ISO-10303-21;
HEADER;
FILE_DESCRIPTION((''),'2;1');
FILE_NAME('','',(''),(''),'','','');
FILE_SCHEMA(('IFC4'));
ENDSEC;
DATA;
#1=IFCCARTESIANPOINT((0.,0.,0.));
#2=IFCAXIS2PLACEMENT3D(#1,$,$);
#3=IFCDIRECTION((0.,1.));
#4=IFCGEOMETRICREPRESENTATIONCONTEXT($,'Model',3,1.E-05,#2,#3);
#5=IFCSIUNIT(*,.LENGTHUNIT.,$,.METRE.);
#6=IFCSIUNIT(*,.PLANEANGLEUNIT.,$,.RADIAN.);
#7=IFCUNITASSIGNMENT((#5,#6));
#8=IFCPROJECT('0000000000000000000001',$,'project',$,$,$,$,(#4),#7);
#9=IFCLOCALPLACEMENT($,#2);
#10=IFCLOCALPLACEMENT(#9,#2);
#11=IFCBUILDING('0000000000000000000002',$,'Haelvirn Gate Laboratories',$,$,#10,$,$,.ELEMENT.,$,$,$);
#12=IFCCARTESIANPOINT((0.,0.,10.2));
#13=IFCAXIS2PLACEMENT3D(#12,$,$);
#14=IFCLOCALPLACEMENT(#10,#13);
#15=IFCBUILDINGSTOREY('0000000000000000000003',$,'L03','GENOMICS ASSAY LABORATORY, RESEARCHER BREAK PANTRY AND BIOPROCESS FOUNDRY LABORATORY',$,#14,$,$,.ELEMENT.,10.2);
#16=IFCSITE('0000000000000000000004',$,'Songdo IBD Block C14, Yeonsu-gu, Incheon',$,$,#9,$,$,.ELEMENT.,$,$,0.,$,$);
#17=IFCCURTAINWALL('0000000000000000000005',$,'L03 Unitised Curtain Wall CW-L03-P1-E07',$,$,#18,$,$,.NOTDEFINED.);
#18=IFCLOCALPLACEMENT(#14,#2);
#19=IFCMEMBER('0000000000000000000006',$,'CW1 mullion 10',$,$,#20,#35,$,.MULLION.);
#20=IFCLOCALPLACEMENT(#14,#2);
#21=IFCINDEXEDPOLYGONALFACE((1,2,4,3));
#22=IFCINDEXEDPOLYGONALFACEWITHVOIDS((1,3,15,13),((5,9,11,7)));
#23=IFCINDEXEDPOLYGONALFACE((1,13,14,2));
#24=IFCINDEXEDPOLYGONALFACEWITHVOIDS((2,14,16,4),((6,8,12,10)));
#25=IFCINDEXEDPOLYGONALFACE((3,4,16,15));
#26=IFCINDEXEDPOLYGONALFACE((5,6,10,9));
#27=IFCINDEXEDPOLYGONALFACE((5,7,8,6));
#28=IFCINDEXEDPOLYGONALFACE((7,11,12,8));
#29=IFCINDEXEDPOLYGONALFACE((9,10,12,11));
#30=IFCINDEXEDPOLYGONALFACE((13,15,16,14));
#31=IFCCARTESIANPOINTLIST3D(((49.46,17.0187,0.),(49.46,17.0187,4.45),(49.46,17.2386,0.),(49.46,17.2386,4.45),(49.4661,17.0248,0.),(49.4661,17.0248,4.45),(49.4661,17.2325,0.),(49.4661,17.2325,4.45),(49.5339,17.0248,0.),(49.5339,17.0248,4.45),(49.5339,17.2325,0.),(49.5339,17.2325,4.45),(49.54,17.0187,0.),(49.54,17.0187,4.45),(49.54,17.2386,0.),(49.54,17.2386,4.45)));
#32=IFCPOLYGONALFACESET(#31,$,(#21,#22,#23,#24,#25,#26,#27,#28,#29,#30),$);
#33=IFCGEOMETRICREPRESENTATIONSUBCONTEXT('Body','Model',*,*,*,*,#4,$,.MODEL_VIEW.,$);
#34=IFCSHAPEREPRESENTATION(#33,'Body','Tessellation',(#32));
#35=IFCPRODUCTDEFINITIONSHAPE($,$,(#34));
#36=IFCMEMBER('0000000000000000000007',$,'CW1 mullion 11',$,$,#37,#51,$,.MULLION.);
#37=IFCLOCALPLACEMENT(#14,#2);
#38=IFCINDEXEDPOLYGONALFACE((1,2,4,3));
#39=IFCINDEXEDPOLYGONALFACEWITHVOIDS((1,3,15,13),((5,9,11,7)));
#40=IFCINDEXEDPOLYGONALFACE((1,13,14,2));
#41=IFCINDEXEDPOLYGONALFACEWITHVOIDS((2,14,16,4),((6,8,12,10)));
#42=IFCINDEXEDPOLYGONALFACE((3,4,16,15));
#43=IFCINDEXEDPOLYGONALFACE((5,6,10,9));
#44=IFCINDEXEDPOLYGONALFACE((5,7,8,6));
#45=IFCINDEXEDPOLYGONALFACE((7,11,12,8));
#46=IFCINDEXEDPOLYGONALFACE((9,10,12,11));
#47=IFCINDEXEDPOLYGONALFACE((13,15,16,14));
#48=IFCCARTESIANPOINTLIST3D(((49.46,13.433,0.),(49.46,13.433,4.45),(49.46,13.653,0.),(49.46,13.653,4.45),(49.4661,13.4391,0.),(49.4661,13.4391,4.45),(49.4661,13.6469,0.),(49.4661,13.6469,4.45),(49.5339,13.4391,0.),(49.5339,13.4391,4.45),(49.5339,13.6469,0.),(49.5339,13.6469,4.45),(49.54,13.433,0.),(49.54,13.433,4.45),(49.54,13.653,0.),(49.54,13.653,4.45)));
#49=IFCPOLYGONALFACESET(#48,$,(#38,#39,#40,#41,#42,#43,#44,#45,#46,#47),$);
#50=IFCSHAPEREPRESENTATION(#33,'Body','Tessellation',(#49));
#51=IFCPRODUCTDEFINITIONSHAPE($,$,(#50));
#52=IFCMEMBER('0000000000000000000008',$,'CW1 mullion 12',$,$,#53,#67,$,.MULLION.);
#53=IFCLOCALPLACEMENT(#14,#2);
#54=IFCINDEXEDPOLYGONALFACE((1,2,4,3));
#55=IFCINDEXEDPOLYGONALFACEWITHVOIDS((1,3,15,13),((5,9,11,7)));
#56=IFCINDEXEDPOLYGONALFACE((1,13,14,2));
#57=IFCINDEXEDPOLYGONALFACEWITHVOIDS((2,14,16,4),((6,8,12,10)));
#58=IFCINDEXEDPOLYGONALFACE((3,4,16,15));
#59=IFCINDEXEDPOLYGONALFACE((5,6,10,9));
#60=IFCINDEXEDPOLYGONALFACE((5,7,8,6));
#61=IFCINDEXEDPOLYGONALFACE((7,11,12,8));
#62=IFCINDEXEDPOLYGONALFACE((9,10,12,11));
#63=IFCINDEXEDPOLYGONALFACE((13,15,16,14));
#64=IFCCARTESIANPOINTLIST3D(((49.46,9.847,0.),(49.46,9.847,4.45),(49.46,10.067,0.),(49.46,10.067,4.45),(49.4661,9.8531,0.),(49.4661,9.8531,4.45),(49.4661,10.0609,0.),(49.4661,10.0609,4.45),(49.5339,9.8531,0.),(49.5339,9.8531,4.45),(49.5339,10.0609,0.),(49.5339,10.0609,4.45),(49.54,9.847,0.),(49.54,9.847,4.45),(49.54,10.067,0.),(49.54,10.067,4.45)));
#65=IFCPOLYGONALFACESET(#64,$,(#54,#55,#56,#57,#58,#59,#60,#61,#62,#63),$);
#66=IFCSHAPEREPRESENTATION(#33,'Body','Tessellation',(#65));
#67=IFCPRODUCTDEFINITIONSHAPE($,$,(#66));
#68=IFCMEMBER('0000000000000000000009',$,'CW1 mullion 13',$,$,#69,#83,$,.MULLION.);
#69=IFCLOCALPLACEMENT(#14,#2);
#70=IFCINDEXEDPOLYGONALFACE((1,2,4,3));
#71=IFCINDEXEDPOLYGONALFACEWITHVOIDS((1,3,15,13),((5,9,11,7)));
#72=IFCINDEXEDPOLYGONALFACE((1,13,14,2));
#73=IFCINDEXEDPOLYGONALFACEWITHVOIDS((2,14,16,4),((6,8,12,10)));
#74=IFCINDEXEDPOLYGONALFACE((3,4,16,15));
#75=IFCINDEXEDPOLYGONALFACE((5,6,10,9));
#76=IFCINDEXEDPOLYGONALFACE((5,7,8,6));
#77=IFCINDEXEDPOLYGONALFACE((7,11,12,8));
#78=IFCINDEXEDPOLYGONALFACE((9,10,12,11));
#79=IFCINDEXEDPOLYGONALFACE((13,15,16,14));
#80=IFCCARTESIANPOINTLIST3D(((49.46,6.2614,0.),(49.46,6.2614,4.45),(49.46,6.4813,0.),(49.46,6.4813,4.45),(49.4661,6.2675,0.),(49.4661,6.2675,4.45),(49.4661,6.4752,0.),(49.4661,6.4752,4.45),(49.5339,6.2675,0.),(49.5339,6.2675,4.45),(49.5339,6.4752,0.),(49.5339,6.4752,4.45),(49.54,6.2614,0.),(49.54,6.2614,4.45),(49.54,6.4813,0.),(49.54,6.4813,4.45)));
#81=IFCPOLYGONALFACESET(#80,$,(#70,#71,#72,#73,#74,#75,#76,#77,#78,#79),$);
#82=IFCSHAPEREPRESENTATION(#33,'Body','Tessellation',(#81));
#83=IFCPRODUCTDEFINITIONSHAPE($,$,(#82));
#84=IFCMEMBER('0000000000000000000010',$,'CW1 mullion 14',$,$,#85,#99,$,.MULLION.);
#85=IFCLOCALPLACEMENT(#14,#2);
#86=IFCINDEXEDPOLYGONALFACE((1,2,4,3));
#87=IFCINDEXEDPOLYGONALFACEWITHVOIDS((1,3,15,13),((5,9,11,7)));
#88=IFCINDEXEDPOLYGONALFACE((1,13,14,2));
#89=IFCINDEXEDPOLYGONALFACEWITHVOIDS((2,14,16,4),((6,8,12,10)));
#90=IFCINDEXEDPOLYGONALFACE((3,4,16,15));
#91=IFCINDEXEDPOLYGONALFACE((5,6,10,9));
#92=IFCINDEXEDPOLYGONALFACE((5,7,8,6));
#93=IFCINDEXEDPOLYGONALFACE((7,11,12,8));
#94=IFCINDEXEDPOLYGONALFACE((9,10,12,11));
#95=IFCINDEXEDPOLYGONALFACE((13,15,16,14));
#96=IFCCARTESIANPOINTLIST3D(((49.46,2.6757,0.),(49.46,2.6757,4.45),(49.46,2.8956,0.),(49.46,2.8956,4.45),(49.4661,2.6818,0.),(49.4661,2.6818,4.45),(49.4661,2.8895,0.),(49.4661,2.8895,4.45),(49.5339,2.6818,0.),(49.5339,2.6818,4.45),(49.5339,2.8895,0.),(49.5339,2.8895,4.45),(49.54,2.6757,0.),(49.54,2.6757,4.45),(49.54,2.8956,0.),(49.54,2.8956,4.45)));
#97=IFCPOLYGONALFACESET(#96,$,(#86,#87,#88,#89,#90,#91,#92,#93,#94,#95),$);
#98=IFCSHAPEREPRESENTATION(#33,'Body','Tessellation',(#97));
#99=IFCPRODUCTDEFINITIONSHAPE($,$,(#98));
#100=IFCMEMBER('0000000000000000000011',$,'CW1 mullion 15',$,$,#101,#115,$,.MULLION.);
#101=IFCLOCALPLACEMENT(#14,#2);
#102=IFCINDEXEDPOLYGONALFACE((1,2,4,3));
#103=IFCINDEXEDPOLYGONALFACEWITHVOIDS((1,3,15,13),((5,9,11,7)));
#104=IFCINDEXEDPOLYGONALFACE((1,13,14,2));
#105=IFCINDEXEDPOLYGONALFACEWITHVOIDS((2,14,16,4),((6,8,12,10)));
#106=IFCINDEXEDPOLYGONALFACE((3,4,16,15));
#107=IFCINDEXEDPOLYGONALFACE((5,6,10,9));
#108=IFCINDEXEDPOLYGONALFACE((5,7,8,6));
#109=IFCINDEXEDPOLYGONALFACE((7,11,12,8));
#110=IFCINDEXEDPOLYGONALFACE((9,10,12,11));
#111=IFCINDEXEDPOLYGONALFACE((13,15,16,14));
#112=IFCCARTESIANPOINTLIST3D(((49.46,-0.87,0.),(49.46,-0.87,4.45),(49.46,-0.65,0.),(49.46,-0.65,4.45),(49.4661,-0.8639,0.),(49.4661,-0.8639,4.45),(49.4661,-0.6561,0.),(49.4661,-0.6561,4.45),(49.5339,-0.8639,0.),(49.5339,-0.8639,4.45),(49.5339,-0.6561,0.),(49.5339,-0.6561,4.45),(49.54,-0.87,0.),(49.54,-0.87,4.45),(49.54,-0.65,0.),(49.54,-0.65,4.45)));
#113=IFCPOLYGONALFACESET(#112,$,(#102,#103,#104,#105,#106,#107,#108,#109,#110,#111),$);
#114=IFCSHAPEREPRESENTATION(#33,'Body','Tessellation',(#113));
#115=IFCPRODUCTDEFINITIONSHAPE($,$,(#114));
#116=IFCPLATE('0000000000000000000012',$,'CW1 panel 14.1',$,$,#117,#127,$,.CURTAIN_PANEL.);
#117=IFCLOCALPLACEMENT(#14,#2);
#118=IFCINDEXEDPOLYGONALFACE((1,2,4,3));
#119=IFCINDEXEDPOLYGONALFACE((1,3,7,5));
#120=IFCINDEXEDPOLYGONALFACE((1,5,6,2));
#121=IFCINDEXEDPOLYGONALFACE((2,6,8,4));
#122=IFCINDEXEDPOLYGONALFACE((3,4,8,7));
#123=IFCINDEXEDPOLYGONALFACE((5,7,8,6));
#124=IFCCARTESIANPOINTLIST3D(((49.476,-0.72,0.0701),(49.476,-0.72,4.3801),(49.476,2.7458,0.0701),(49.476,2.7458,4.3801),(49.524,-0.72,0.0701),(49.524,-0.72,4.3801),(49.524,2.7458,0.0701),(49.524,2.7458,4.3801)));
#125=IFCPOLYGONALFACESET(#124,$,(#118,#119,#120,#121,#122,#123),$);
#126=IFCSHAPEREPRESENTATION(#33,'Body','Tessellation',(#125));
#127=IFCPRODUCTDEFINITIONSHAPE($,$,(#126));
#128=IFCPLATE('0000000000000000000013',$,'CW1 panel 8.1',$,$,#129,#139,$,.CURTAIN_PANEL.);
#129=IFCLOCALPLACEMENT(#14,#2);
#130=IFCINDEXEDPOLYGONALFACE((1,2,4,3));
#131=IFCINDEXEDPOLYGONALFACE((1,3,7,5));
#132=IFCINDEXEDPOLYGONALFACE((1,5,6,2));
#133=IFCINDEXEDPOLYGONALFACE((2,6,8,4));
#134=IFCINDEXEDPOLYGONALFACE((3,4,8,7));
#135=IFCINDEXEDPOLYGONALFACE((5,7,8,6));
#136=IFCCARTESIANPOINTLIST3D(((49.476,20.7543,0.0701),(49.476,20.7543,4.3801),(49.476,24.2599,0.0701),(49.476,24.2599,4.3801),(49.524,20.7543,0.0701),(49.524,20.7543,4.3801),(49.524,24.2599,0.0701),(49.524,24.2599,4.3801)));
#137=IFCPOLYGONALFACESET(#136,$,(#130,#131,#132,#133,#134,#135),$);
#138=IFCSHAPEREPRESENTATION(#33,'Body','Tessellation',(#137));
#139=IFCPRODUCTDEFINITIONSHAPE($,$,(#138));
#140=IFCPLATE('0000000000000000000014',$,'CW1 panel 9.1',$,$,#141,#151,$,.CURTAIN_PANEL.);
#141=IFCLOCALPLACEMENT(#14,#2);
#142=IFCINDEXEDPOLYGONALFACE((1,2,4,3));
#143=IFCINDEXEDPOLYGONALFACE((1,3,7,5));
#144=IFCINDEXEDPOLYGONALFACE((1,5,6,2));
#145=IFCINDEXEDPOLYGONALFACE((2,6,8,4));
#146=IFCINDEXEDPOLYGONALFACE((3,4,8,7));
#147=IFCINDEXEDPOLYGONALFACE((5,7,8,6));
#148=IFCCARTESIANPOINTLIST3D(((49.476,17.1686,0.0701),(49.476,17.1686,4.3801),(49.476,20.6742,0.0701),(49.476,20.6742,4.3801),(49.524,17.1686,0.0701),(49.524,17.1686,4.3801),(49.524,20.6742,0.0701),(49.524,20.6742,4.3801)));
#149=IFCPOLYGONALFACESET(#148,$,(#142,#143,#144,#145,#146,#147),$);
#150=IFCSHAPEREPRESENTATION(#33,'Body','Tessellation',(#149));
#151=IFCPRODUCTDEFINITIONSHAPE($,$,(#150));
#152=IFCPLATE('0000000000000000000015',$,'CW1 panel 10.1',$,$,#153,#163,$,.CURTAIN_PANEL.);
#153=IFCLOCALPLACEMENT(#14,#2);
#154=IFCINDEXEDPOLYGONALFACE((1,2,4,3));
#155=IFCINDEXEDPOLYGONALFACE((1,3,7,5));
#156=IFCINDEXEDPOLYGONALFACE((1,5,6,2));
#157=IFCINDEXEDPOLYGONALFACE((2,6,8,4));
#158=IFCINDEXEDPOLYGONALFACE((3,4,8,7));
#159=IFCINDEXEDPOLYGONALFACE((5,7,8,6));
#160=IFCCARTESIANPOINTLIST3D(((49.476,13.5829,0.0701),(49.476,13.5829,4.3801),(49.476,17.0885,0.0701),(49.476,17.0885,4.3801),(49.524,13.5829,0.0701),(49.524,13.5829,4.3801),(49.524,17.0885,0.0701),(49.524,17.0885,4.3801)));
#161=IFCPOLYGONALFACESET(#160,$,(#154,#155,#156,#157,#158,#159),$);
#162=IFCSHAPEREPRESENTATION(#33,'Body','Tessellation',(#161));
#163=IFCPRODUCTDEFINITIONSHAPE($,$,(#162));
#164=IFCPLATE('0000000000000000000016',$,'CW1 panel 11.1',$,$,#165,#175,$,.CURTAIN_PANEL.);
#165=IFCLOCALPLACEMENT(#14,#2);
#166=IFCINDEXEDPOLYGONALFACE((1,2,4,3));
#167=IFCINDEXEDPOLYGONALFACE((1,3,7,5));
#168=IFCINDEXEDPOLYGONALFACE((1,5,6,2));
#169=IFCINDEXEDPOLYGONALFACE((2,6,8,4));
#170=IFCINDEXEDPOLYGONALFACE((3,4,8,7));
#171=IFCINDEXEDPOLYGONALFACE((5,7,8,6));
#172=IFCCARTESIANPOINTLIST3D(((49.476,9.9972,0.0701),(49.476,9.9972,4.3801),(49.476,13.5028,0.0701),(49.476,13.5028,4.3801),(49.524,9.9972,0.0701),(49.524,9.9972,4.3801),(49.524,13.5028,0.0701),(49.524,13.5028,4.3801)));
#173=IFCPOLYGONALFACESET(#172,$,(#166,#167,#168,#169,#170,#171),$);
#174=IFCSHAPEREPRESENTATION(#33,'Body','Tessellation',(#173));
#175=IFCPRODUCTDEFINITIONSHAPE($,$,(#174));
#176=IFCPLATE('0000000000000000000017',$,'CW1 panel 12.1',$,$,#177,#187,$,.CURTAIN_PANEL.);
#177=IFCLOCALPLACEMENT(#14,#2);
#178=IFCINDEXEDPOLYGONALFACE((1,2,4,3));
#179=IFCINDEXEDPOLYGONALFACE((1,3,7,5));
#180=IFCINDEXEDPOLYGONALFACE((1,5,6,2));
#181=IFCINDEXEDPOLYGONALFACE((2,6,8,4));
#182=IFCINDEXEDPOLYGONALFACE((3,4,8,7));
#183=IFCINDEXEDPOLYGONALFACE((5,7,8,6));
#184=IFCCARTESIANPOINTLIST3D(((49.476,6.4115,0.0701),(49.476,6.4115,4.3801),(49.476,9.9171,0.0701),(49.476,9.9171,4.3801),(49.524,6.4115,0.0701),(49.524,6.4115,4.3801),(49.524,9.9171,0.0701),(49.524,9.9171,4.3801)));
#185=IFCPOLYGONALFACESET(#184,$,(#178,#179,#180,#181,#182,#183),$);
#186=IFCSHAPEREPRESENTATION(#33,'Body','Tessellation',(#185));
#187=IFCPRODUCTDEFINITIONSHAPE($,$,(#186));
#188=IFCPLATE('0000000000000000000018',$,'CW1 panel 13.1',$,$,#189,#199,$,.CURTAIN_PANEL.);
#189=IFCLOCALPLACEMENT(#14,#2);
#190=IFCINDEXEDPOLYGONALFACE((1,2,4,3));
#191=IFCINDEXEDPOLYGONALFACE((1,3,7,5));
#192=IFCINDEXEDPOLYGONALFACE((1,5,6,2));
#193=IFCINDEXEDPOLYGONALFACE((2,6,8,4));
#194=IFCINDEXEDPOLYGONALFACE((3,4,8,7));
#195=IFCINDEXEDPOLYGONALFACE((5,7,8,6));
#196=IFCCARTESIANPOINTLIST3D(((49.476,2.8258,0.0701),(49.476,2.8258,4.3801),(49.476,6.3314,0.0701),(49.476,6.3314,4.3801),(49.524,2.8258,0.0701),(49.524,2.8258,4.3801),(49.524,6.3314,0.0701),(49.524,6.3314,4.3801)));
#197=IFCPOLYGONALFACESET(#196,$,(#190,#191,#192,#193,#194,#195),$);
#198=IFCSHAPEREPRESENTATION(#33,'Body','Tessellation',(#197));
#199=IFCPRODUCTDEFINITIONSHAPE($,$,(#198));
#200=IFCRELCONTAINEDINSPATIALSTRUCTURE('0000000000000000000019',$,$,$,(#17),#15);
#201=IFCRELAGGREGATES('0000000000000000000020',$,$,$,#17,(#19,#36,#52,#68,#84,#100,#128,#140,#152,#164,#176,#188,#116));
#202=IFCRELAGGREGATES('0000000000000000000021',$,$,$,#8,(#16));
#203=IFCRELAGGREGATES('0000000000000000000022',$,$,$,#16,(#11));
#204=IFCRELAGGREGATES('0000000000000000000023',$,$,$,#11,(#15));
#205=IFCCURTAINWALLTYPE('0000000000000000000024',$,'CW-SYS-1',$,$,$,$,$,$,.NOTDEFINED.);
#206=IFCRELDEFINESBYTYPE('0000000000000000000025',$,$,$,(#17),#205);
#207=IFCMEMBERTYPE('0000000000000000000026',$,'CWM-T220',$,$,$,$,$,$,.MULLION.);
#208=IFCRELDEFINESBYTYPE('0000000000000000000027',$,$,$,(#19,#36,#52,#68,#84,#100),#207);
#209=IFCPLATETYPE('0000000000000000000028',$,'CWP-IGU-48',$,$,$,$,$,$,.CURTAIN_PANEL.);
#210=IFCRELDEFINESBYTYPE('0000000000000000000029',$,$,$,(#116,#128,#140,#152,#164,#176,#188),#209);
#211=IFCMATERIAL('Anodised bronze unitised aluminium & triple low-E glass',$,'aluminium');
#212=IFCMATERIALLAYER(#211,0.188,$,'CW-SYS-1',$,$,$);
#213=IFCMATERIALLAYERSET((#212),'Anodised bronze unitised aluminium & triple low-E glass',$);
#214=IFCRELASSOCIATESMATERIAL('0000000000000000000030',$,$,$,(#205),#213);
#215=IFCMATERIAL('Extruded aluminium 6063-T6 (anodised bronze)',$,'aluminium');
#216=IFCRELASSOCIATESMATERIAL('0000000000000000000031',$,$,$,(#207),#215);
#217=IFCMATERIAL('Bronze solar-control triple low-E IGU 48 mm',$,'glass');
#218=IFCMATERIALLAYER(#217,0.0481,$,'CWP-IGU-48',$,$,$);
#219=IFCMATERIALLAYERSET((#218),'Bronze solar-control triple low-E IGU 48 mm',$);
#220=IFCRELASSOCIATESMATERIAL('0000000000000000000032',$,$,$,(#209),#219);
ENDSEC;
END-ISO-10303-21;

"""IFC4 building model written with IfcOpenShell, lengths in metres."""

from ifc_helpers import new_model, si_unit, direction, frame, origin, origin_2d, place, context, subcontext, project, spatial, rectangle, hollow_rectangle, extrude, source, transform, mapped, material, layer, layer_set, material_profile, profile_set, type_object, type_shapes, element, aggregate, save


model = new_model("IFC4")

# Units and contexts
model_context = context("Model", 3, precision=1e-05, world=origin(), true_north=direction((0.0, 1.0)))
body_context = subcontext(model_context, "Body", "Model", "MODEL_VIEW")
ifc_project = project(units=[si_unit("LENGTHUNIT", "METRE"), si_unit("PLANEANGLEUNIT", "RADIAN")], contexts=[model_context])

# Site, building, storey
site_placement = place(None, origin())
site = spatial("IfcSite", under=ifc_project, at=site_placement, Name="Songdo IBD Block C14, Yeonsu-gu, Incheon", CompositionType="ELEMENT", RefElevation=0.0)
building_placement = place(site_placement, origin())
building = spatial("IfcBuilding", under=site, at=building_placement, Name="Haelvirn Gate Laboratories", CompositionType="ELEMENT")
storey_placement = place(building_placement, frame((0.0, 0.0, 10.2)))
storey = spatial("IfcBuildingStorey", under=building, at=storey_placement, Name="L03", Description="GENOMICS ASSAY LABORATORY, RESEARCHER BREAK PANTRY AND BIOPROCESS FOUNDRY LABORATORY", CompositionType="ELEMENT", Elevation=10.2)

# Curtain wall
ifc_material_1 = material(Name="Anodised bronze unitised aluminium & triple low-E glass", Category="aluminium")
ifc_layer_1 = layer(ifc_material_1, 0.188, Name="CW-SYS-1")
ifc_layer_set_1 = layer_set([ifc_layer_1], Name="Anodised bronze unitised aluminium & triple low-E glass")
curtain_wall_type = type_object("IfcCurtainWallType", Name="CW-SYS-1", PredefinedType="NOTDEFINED", material=ifc_layer_set_1)
curtain_wall_1_placement = place(storey_placement, origin())
curtain_wall_1 = element("IfcCurtainWall", 1, at=curtain_wall_1_placement, inside=storey, type_object=curtain_wall_type, Name="L03 Unitised Curtain Wall CW-L03-P1-E07", PredefinedType="NOTDEFINED")
ifc_material_2 = material(Name="Extruded aluminium 6063-T6 (anodised bronze)", Category="aluminium")

# Shared definitions
ifc_material_profile_1 = material_profile(ifc_material_2, hollow_rectangle(XDim=0.0801, YDim=0.22, WallThickness=0.0061, at=origin_2d()), Name="CWM-220x80x6")
ifc_profile_set_1 = profile_set([ifc_material_profile_1], Name="Extruded aluminium 6063-T6 (anodised bronze)")
member_type_1 = type_object("IfcMemberType", Name="CWM-T220", PredefinedType="MULLION", material=ifc_profile_set_1)
shared_shape_1 = source(origin(), body_context, "Body", "SweptSolid", [
    extrude(hollow_rectangle(XDim=0.0801, YDim=0.22, WallThickness=0.0061, at=origin_2d()), origin(), (0.0, 0.0, 1.0), 4.45),
])
type_shapes(member_type_1, [shared_shape_1])

# Members
member_1_placement = place(storey_placement, frame((49.5, 17.1287, 0.0), z_axis=(0.0, 0.0, 1.0), x_axis=(1.0, 0.0, 0.0)))
member_1 = element("IfcMember", 2, at=member_1_placement, type_object=member_type_1, Name="CW1 mullion 10", PredefinedType="MULLION", context=body_context, shape_type="MappedRepresentation", body=[
    mapped(shared_shape_1, transform((0.0, 0.0, 0.0), scale=1.0)),
])
member_2_placement = place(storey_placement, frame((49.5, 13.543, 0.0), z_axis=(0.0, 0.0, 1.0), x_axis=(1.0, 0.0, 0.0)))
member_2 = element("IfcMember", 3, at=member_2_placement, type_object=member_type_1, Name="CW1 mullion 11", PredefinedType="MULLION", context=body_context, shape_type="MappedRepresentation", body=[
    mapped(shared_shape_1, transform((0.0, 0.0, 0.0), scale=1.0)),
])
member_3_placement = place(storey_placement, frame((49.5, 9.957, 0.0), z_axis=(0.0, 0.0, 1.0), x_axis=(1.0, 0.0, 0.0)))
member_3 = element("IfcMember", 4, at=member_3_placement, type_object=member_type_1, Name="CW1 mullion 12", PredefinedType="MULLION", context=body_context, shape_type="MappedRepresentation", body=[
    mapped(shared_shape_1, transform((0.0, 0.0, 0.0), scale=1.0)),
])
member_4_placement = place(storey_placement, frame((49.5, 6.3713, 0.0), z_axis=(0.0, 0.0, 1.0), x_axis=(1.0, 0.0, 0.0)))
member_4 = element("IfcMember", 5, at=member_4_placement, type_object=member_type_1, Name="CW1 mullion 13", PredefinedType="MULLION", context=body_context, shape_type="MappedRepresentation", body=[
    mapped(shared_shape_1, transform((0.0, 0.0, 0.0), scale=1.0)),
])
member_5_placement = place(storey_placement, frame((49.5, 2.7856, 0.0), z_axis=(0.0, 0.0, 1.0), x_axis=(1.0, 0.0, 0.0)))
member_5 = element("IfcMember", 6, at=member_5_placement, type_object=member_type_1, Name="CW1 mullion 14", PredefinedType="MULLION", context=body_context, shape_type="MappedRepresentation", body=[
    mapped(shared_shape_1, transform((0.0, 0.0, 0.0), scale=1.0)),
])
member_6_placement = place(storey_placement, frame((49.5, -0.76, 0.0), z_axis=(0.0, 0.0, 1.0), x_axis=(1.0, 0.0, 0.0)))
member_6 = element("IfcMember", 7, at=member_6_placement, type_object=member_type_1, Name="CW1 mullion 15", PredefinedType="MULLION", context=body_context, shape_type="MappedRepresentation", body=[
    mapped(shared_shape_1, transform((0.0, 0.0, 0.0), scale=1.0)),
])

# Plates
ifc_material_3 = material(Name="Bronze solar-control triple low-E IGU 48 mm", Category="glass")
ifc_layer_2 = layer(ifc_material_3, 0.0481, Name="CWP-IGU-48")
ifc_layer_set_2 = layer_set([ifc_layer_2], Name="Bronze solar-control triple low-E IGU 48 mm")
plate_type = type_object("IfcPlateType", Name="CWP-IGU-48", PredefinedType="CURTAIN_PANEL", material=ifc_layer_set_2)
shared_shape_2 = source(origin(), body_context, "Body", "SweptSolid", [
    extrude(rectangle(XDim=3.4658, YDim=0.0481, at=origin_2d()), origin(), (0.0, 0.0, 1.0), 4.3101),
])
plate_1_placement = place(storey_placement, frame((49.5, 1.0129, 0.0701), z_axis=(0.0, 0.0, 1.0), x_axis=(0.0, -1.0, 0.0)))
plate_1 = element("IfcPlate", 8, at=plate_1_placement, type_object=plate_type, Name="CW1 panel 14.1", PredefinedType="CURTAIN_PANEL", context=body_context, shape_type="MappedRepresentation", body=[
    mapped(shared_shape_2, transform((0.0, 0.0, 0.0), scale=1.0)),
])
shared_shape_3 = source(origin(), body_context, "Body", "SweptSolid", [
    extrude(rectangle(XDim=3.5056, YDim=0.0481, at=origin_2d()), origin(), (0.0, 0.0, 1.0), 4.3101),
])
plate_2_placement = place(storey_placement, frame((49.5, 22.5071, 0.0701), z_axis=(0.0, 0.0, 1.0), x_axis=(0.0, -1.0, 0.0)))
plate_2 = element("IfcPlate", 9, at=plate_2_placement, type_object=plate_type, Name="CW1 panel 8.1", PredefinedType="CURTAIN_PANEL", context=body_context, shape_type="MappedRepresentation", body=[
    mapped(shared_shape_3, transform((0.0, 0.0, 0.0), scale=1.0)),
])
plate_3_placement = place(storey_placement, frame((49.5, 18.9214, 0.0701), z_axis=(0.0, 0.0, 1.0), x_axis=(0.0, -1.0, 0.0)))
plate_3 = element("IfcPlate", 10, at=plate_3_placement, type_object=plate_type, Name="CW1 panel 9.1", PredefinedType="CURTAIN_PANEL", context=body_context, shape_type="MappedRepresentation", body=[
    mapped(shared_shape_3, transform((0.0, 0.0, 0.0), scale=1.0)),
])
plate_4_placement = place(storey_placement, frame((49.5, 15.3357, 0.0701), z_axis=(0.0, 0.0, 1.0), x_axis=(0.0, -1.0, 0.0)))
plate_4 = element("IfcPlate", 11, at=plate_4_placement, type_object=plate_type, Name="CW1 panel 10.1", PredefinedType="CURTAIN_PANEL", context=body_context, shape_type="MappedRepresentation", body=[
    mapped(shared_shape_3, transform((0.0, 0.0, 0.0), scale=1.0)),
])
plate_5_placement = place(storey_placement, frame((49.5, 11.75, 0.0701), z_axis=(0.0, 0.0, 1.0), x_axis=(0.0, -1.0, 0.0)))
plate_5 = element("IfcPlate", 12, at=plate_5_placement, type_object=plate_type, Name="CW1 panel 11.1", PredefinedType="CURTAIN_PANEL", context=body_context, shape_type="MappedRepresentation", body=[
    mapped(shared_shape_3, transform((0.0, 0.0, 0.0), scale=1.0)),
])
plate_6_placement = place(storey_placement, frame((49.5, 8.1643, 0.0701), z_axis=(0.0, 0.0, 1.0), x_axis=(0.0, -1.0, 0.0)))
plate_6 = element("IfcPlate", 13, at=plate_6_placement, type_object=plate_type, Name="CW1 panel 12.1", PredefinedType="CURTAIN_PANEL", context=body_context, shape_type="MappedRepresentation", body=[
    mapped(shared_shape_3, transform((0.0, 0.0, 0.0), scale=1.0)),
])
plate_7_placement = place(storey_placement, frame((49.5, 4.5786, 0.0701), z_axis=(0.0, 0.0, 1.0), x_axis=(0.0, -1.0, 0.0)))
plate_7 = element("IfcPlate", 14, at=plate_7_placement, type_object=plate_type, Name="CW1 panel 13.1", PredefinedType="CURTAIN_PANEL", context=body_context, shape_type="MappedRepresentation", body=[
    mapped(shared_shape_3, transform((0.0, 0.0, 0.0), scale=1.0)),
])
aggregate(curtain_wall_1, [member_1, member_2, member_3, member_4, member_5, member_6, plate_2, plate_3, plate_4, plate_5, plate_6, plate_7, plate_1])

save(model, "model.ifc")
